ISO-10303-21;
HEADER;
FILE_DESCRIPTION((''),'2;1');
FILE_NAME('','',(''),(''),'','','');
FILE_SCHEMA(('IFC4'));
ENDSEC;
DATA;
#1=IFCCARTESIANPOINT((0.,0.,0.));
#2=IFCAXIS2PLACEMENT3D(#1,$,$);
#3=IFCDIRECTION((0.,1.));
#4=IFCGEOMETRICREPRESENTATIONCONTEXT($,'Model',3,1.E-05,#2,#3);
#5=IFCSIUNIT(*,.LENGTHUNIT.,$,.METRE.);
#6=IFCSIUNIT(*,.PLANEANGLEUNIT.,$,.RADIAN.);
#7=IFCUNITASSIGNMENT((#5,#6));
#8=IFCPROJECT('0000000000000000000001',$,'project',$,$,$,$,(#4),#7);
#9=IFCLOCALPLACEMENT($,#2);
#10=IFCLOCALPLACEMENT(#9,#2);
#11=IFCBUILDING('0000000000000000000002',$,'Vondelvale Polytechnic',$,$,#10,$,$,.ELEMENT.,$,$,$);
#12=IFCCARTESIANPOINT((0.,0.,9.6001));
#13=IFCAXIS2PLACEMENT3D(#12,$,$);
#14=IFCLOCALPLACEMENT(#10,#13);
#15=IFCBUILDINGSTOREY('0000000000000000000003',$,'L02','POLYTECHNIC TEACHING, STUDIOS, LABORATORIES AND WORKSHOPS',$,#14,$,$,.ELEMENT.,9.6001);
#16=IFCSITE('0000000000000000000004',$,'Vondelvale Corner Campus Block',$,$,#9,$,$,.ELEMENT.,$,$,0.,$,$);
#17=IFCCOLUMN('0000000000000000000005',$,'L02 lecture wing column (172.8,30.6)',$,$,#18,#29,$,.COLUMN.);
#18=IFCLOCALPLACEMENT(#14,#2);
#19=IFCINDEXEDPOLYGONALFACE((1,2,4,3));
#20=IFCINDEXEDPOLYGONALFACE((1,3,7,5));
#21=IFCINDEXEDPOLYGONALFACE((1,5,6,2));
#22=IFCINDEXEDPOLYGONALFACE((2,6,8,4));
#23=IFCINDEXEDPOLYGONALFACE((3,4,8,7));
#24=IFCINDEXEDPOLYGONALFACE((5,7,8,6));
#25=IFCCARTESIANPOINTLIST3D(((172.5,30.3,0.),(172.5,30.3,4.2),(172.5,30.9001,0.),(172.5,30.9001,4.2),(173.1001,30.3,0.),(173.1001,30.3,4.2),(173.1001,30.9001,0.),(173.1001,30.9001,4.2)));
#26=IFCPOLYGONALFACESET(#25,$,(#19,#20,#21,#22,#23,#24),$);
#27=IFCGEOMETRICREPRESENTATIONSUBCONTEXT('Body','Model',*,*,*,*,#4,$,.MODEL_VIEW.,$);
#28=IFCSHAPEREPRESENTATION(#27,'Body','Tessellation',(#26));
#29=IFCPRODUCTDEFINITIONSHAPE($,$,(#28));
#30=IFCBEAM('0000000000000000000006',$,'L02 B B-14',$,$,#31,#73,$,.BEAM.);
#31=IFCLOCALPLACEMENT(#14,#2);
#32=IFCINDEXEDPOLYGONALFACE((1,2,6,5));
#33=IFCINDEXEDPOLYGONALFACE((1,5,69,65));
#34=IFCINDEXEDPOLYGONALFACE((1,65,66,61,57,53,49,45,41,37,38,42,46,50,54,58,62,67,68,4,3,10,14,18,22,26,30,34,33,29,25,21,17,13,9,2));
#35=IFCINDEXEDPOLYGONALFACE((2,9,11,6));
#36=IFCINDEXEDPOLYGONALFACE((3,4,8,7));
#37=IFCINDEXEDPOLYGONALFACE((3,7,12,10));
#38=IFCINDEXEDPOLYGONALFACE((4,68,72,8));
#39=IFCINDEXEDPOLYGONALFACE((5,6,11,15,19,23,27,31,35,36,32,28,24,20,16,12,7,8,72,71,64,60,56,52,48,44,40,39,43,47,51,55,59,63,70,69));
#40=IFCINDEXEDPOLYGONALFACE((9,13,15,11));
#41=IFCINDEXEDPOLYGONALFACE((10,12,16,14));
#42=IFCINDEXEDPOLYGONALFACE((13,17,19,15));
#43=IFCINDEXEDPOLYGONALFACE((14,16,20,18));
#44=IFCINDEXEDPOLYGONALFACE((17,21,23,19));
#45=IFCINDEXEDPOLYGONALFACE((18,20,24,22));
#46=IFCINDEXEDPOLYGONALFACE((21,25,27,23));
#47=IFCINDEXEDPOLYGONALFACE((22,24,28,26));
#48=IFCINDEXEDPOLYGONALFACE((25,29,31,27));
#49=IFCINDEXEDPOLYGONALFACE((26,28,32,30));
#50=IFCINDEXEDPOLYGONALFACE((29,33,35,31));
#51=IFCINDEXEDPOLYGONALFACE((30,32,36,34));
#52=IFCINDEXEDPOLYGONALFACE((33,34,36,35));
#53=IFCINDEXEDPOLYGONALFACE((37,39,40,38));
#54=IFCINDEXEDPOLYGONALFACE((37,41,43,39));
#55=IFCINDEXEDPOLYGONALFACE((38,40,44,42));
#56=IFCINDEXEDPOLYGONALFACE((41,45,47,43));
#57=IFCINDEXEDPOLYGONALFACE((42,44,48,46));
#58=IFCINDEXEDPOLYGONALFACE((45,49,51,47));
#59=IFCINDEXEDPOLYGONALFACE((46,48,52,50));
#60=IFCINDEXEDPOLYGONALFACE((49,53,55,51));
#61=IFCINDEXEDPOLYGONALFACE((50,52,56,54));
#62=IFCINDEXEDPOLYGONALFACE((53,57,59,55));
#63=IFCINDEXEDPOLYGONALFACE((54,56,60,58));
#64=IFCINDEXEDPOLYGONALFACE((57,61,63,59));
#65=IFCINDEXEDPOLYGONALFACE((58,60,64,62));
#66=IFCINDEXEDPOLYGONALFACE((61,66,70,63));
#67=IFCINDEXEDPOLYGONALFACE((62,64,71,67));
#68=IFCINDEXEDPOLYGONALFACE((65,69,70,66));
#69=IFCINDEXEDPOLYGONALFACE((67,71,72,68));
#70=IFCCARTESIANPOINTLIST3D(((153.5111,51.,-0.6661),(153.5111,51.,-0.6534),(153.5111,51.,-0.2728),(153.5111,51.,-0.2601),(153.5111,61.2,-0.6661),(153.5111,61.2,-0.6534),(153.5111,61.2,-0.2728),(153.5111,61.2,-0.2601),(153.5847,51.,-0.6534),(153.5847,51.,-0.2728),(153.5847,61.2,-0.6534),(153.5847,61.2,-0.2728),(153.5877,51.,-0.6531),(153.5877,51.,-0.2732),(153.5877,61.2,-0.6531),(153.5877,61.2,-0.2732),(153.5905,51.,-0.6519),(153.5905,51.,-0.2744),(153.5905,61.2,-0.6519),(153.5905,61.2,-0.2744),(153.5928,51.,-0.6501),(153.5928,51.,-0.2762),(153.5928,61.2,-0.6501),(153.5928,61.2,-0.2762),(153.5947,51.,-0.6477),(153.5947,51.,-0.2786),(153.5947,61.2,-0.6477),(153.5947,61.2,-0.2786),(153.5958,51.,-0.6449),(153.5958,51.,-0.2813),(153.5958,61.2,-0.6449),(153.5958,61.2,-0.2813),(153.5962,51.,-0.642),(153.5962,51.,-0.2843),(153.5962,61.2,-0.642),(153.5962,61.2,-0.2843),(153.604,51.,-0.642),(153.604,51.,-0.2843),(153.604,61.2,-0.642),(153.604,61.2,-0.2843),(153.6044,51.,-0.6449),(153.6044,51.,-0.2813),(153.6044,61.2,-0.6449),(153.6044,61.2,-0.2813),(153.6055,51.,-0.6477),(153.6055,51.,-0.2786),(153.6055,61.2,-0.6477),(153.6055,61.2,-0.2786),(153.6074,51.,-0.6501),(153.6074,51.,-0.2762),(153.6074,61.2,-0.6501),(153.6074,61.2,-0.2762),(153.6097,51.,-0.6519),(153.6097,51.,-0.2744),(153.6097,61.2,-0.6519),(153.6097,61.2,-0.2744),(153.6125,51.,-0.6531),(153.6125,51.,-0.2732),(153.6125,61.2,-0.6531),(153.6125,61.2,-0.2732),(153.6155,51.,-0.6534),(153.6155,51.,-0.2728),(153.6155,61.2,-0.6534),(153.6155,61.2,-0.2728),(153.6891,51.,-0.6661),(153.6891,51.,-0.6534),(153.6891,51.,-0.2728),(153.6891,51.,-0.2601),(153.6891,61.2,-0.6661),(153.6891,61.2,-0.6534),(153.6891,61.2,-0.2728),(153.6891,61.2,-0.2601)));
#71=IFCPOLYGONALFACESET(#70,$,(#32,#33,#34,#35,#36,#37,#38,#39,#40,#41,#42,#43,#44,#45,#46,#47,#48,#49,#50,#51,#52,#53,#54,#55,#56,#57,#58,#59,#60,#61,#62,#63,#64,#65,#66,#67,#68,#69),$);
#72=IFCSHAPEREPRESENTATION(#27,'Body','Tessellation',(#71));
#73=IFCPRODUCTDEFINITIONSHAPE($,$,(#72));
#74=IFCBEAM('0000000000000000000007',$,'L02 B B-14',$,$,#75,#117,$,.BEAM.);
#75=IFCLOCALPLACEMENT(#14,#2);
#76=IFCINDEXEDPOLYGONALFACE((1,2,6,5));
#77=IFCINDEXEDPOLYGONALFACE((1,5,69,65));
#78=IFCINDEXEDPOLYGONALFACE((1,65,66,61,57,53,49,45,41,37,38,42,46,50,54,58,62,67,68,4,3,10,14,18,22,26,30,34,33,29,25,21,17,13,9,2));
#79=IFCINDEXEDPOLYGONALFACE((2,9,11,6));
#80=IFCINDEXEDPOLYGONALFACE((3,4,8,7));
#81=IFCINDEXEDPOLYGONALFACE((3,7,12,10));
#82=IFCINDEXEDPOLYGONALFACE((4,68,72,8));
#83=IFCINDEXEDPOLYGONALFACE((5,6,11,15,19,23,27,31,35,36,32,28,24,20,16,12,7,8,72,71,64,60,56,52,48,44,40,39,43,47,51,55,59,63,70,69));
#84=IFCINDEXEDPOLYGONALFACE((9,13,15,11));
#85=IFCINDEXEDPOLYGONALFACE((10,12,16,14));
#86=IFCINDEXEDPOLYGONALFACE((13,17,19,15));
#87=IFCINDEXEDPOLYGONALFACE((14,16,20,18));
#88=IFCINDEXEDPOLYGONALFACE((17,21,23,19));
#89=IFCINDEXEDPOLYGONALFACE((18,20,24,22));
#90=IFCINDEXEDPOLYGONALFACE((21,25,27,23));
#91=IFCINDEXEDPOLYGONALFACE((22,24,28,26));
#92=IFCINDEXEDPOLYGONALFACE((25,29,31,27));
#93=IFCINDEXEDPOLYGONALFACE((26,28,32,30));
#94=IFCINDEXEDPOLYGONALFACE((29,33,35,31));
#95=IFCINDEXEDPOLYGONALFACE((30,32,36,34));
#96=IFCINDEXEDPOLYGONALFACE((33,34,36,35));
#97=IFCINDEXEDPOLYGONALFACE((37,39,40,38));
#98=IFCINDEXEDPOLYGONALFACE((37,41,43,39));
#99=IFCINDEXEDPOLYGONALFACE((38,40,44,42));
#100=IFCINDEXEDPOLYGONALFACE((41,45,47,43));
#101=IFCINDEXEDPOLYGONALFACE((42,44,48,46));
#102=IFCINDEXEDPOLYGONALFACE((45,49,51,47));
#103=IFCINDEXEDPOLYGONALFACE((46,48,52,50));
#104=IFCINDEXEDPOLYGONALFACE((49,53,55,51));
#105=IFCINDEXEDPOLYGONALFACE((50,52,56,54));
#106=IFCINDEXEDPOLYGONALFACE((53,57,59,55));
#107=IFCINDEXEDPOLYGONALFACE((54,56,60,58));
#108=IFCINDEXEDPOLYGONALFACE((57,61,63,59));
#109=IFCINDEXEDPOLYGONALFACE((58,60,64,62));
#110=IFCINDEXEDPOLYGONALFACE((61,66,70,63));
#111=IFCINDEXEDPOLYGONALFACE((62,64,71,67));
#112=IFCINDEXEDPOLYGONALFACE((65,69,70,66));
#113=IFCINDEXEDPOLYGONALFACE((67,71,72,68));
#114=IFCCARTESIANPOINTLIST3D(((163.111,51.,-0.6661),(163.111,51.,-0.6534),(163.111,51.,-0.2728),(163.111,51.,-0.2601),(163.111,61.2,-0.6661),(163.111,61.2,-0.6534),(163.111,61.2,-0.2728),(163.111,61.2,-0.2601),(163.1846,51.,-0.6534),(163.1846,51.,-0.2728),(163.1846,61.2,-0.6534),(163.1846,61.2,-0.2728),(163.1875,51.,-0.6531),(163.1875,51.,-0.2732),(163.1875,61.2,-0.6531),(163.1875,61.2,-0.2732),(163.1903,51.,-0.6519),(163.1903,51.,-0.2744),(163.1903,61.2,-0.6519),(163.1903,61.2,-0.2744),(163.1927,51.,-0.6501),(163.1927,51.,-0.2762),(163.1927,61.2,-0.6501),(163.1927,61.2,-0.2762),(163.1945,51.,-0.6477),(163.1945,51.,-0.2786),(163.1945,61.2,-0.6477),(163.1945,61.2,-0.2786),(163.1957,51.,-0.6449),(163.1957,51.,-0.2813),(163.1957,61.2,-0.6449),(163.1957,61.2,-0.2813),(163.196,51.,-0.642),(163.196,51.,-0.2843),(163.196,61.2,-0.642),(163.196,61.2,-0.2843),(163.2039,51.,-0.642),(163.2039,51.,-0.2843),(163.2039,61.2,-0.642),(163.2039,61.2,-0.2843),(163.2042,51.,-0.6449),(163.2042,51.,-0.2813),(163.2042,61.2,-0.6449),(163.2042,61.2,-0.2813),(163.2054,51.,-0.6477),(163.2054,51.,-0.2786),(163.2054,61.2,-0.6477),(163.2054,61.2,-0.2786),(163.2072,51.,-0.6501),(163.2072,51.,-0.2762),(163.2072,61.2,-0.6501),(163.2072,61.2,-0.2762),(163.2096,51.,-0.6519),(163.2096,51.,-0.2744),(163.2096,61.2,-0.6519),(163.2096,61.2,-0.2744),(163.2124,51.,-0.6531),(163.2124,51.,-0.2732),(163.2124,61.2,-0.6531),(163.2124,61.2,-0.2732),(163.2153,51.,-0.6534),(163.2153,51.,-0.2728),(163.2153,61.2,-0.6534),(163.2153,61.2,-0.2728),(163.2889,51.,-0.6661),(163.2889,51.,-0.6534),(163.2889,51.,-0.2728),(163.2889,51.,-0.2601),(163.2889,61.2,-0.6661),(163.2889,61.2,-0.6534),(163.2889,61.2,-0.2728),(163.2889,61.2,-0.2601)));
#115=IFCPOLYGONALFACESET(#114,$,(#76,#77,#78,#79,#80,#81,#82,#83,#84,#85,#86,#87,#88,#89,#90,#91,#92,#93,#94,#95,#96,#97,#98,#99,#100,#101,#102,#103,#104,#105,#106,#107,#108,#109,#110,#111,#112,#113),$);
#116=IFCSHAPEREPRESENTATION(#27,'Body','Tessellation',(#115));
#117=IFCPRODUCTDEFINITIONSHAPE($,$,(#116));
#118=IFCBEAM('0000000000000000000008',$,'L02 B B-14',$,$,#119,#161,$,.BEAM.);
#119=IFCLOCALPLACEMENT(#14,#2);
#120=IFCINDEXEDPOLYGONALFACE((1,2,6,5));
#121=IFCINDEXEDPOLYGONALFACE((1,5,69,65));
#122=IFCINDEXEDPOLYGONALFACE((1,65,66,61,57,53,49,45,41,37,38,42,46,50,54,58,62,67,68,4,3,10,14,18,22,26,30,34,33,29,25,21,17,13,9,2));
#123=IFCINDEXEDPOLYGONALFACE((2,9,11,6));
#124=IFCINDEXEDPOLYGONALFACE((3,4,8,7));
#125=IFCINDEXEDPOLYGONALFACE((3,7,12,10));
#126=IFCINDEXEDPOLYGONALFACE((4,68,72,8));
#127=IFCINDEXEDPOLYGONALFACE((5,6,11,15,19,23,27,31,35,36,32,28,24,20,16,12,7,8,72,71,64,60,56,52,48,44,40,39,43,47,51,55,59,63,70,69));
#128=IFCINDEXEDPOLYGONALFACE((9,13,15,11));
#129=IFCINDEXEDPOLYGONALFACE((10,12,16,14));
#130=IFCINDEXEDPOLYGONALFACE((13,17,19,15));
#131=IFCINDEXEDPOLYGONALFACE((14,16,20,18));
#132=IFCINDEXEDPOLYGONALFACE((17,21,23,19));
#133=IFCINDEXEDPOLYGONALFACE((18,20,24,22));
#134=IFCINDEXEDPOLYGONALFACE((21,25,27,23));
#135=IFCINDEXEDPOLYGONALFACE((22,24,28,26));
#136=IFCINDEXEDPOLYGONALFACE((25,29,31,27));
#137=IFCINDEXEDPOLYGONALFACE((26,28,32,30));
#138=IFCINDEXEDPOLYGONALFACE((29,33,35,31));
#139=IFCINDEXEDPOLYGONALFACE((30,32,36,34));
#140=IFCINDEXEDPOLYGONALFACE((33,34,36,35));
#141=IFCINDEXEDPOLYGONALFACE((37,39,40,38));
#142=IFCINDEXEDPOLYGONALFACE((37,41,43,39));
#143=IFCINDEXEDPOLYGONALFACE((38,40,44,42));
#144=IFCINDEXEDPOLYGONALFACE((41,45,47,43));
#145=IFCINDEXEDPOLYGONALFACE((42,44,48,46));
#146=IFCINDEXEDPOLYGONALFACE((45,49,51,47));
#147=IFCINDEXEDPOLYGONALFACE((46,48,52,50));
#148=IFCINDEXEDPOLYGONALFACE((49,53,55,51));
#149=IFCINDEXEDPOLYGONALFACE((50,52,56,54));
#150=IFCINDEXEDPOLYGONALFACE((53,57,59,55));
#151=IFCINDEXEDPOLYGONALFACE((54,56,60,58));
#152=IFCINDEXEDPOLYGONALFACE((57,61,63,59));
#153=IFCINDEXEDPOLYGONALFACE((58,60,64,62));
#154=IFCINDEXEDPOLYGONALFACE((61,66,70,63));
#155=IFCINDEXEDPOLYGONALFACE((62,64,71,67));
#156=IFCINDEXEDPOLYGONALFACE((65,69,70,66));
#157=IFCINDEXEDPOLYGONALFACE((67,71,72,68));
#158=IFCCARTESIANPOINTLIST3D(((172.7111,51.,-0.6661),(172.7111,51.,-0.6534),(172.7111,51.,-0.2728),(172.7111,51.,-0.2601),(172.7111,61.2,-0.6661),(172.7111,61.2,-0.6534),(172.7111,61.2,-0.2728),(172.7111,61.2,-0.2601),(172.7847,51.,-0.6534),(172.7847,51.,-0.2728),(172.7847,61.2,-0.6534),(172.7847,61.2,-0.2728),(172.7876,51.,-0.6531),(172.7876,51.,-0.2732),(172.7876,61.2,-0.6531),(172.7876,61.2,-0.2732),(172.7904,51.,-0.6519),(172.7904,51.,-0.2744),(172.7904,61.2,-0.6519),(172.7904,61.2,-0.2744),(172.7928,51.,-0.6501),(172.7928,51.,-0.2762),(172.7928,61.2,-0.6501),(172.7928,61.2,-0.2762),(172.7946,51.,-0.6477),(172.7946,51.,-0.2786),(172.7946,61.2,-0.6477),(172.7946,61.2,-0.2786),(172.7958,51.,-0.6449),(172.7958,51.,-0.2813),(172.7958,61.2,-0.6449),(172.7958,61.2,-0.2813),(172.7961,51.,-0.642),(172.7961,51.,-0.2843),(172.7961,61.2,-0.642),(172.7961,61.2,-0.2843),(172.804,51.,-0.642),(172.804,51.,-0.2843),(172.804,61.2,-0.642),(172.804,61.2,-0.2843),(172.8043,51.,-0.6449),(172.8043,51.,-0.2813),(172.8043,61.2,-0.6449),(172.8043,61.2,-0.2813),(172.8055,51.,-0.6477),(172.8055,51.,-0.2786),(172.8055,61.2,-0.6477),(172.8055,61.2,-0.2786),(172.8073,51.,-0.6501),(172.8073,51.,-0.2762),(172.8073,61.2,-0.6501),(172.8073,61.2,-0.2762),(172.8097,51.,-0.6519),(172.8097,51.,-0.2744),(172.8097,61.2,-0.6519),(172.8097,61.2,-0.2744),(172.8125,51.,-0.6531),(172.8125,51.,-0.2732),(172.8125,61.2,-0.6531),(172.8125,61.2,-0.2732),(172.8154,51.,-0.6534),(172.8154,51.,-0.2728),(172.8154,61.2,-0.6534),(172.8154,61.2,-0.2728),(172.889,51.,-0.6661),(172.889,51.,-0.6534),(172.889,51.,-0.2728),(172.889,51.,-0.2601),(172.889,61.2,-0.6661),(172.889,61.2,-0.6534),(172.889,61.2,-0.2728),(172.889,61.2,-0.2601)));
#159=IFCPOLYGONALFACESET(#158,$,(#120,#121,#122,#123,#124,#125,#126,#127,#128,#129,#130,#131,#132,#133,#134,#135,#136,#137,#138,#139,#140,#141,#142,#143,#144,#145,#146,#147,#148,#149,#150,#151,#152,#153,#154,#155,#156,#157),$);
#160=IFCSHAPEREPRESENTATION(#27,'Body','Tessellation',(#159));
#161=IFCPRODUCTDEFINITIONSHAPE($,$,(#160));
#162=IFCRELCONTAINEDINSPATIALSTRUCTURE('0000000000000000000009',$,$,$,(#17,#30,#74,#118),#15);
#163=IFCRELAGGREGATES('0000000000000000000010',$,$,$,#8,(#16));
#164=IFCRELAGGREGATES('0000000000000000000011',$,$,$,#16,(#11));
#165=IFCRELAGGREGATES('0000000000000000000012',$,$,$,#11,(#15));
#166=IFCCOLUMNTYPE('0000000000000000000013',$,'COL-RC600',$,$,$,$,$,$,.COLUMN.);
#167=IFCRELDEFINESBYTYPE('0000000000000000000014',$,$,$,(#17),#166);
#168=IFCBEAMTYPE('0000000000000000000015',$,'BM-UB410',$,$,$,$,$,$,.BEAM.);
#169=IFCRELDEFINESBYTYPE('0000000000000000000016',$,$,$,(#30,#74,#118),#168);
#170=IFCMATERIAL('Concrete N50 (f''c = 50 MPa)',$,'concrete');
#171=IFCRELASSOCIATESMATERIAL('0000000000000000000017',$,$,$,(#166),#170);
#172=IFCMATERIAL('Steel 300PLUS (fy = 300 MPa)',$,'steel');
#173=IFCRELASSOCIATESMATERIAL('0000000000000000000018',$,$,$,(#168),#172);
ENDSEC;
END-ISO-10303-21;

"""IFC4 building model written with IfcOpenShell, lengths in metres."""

from ifc_helpers import new_model, si_unit, direction, frame, origin, origin_2d, place, context, subcontext, project, spatial, rectangle, i_section, extrude, material, material_profile, profile_set, type_object, element, save


model = new_model("IFC4")

# Units and contexts
model_context = context("Model", 3, precision=1e-05, world=origin(), true_north=direction((0.0, 1.0)))
body_context = subcontext(model_context, "Body", "Model", "MODEL_VIEW")
ifc_project = project(units=[si_unit("LENGTHUNIT", "METRE"), si_unit("PLANEANGLEUNIT", "RADIAN")], contexts=[model_context])

# Site, building, storey
site_placement = place(None, origin())
site = spatial("IfcSite", under=ifc_project, at=site_placement, Name="Vondelvale Corner Campus Block", CompositionType="ELEMENT", RefElevation=0.0)
building_placement = place(site_placement, origin())
building = spatial("IfcBuilding", under=site, at=building_placement, Name="Vondelvale Polytechnic", CompositionType="ELEMENT")
storey_placement = place(building_placement, frame((0.0, 0.0, 9.6001)))
storey = spatial("IfcBuildingStorey", under=building, at=storey_placement, Name="L02", Description="POLYTECHNIC TEACHING, STUDIOS, LABORATORIES AND WORKSHOPS", CompositionType="ELEMENT", Elevation=9.6001)

# Column
ifc_material_1 = material(Name="Concrete N50 (f'c = 50 MPa)", Category="concrete")
ifc_material_profile_1 = material_profile(ifc_material_1, rectangle(XDim=0.6001, YDim=0.6001, at=origin_2d()), Name="RC-COL-600x600")
ifc_profile_set_1 = profile_set([ifc_material_profile_1], Name="Concrete N50 (f'c = 50 MPa)")
column_type = type_object("IfcColumnType", Name="COL-RC600", PredefinedType="COLUMN", material=ifc_profile_set_1)
column_placement = place(storey_placement, frame((172.8, 30.6001, 0.0), z_axis=(0.0, 0.0, 1.0), x_axis=(1.0, 0.0, 0.0)))
element("IfcColumn", 1, at=column_placement, inside=storey, type_object=column_type, Name="L02 lecture wing column (172.8,30.6)", PredefinedType="COLUMN", context=body_context, shape_type="SweptSolid", body=[
    extrude(rectangle(XDim=0.6001, YDim=0.6001, at=origin_2d()), origin(), (0.0, 0.0, 1.0), 4.2),
])

# Beams
ifc_material_2 = material(Name="Steel 300PLUS (fy = 300 MPa)", Category="steel")
ifc_material_profile_2 = material_profile(ifc_material_2, i_section(OverallWidth=0.178, OverallDepth=0.406, WebThickness=0.0078, FlangeThickness=0.0127, FilletRadius=0.0115, at=origin_2d()), Name="410UB59.7")
ifc_profile_set_2 = profile_set([ifc_material_profile_2], Name="Steel 300PLUS (fy = 300 MPa)")
beam_type_1 = type_object("IfcBeamType", Name="BM-UB410", PredefinedType="BEAM", material=ifc_profile_set_2)
for number, where, z_axis, x_axis, name in (
    (2, (153.6001, 51.0, -0.4631), (0.0, 1.0, 0.0), (-1.0, 0.0, 0.0), "L02 B B-14"),
    (3, (163.2, 51.0, -0.4631), (0.0, 1.0, 0.0), (-1.0, 0.0, 0.0), "L02 B B-14"),
    (4, (172.8, 51.0, -0.4631), (0.0, 1.0, 0.0), (-1.0, 0.0, 0.0), "L02 B B-14"),
):
    element("IfcBeam", number, at=place(storey_placement, frame(where, z_axis=z_axis, x_axis=x_axis)), inside=storey, type_object=beam_type_1, Name=name, PredefinedType="BEAM", context=body_context, shape_type="SweptSolid", body=[
        extrude(i_section(OverallWidth=0.178, OverallDepth=0.406, WebThickness=0.0078, FlangeThickness=0.0127, FilletRadius=0.0115, at=origin_2d()), origin(), (0.0, 0.0, 1.0), 10.2),
    ])

save(model, "model.ifc")
